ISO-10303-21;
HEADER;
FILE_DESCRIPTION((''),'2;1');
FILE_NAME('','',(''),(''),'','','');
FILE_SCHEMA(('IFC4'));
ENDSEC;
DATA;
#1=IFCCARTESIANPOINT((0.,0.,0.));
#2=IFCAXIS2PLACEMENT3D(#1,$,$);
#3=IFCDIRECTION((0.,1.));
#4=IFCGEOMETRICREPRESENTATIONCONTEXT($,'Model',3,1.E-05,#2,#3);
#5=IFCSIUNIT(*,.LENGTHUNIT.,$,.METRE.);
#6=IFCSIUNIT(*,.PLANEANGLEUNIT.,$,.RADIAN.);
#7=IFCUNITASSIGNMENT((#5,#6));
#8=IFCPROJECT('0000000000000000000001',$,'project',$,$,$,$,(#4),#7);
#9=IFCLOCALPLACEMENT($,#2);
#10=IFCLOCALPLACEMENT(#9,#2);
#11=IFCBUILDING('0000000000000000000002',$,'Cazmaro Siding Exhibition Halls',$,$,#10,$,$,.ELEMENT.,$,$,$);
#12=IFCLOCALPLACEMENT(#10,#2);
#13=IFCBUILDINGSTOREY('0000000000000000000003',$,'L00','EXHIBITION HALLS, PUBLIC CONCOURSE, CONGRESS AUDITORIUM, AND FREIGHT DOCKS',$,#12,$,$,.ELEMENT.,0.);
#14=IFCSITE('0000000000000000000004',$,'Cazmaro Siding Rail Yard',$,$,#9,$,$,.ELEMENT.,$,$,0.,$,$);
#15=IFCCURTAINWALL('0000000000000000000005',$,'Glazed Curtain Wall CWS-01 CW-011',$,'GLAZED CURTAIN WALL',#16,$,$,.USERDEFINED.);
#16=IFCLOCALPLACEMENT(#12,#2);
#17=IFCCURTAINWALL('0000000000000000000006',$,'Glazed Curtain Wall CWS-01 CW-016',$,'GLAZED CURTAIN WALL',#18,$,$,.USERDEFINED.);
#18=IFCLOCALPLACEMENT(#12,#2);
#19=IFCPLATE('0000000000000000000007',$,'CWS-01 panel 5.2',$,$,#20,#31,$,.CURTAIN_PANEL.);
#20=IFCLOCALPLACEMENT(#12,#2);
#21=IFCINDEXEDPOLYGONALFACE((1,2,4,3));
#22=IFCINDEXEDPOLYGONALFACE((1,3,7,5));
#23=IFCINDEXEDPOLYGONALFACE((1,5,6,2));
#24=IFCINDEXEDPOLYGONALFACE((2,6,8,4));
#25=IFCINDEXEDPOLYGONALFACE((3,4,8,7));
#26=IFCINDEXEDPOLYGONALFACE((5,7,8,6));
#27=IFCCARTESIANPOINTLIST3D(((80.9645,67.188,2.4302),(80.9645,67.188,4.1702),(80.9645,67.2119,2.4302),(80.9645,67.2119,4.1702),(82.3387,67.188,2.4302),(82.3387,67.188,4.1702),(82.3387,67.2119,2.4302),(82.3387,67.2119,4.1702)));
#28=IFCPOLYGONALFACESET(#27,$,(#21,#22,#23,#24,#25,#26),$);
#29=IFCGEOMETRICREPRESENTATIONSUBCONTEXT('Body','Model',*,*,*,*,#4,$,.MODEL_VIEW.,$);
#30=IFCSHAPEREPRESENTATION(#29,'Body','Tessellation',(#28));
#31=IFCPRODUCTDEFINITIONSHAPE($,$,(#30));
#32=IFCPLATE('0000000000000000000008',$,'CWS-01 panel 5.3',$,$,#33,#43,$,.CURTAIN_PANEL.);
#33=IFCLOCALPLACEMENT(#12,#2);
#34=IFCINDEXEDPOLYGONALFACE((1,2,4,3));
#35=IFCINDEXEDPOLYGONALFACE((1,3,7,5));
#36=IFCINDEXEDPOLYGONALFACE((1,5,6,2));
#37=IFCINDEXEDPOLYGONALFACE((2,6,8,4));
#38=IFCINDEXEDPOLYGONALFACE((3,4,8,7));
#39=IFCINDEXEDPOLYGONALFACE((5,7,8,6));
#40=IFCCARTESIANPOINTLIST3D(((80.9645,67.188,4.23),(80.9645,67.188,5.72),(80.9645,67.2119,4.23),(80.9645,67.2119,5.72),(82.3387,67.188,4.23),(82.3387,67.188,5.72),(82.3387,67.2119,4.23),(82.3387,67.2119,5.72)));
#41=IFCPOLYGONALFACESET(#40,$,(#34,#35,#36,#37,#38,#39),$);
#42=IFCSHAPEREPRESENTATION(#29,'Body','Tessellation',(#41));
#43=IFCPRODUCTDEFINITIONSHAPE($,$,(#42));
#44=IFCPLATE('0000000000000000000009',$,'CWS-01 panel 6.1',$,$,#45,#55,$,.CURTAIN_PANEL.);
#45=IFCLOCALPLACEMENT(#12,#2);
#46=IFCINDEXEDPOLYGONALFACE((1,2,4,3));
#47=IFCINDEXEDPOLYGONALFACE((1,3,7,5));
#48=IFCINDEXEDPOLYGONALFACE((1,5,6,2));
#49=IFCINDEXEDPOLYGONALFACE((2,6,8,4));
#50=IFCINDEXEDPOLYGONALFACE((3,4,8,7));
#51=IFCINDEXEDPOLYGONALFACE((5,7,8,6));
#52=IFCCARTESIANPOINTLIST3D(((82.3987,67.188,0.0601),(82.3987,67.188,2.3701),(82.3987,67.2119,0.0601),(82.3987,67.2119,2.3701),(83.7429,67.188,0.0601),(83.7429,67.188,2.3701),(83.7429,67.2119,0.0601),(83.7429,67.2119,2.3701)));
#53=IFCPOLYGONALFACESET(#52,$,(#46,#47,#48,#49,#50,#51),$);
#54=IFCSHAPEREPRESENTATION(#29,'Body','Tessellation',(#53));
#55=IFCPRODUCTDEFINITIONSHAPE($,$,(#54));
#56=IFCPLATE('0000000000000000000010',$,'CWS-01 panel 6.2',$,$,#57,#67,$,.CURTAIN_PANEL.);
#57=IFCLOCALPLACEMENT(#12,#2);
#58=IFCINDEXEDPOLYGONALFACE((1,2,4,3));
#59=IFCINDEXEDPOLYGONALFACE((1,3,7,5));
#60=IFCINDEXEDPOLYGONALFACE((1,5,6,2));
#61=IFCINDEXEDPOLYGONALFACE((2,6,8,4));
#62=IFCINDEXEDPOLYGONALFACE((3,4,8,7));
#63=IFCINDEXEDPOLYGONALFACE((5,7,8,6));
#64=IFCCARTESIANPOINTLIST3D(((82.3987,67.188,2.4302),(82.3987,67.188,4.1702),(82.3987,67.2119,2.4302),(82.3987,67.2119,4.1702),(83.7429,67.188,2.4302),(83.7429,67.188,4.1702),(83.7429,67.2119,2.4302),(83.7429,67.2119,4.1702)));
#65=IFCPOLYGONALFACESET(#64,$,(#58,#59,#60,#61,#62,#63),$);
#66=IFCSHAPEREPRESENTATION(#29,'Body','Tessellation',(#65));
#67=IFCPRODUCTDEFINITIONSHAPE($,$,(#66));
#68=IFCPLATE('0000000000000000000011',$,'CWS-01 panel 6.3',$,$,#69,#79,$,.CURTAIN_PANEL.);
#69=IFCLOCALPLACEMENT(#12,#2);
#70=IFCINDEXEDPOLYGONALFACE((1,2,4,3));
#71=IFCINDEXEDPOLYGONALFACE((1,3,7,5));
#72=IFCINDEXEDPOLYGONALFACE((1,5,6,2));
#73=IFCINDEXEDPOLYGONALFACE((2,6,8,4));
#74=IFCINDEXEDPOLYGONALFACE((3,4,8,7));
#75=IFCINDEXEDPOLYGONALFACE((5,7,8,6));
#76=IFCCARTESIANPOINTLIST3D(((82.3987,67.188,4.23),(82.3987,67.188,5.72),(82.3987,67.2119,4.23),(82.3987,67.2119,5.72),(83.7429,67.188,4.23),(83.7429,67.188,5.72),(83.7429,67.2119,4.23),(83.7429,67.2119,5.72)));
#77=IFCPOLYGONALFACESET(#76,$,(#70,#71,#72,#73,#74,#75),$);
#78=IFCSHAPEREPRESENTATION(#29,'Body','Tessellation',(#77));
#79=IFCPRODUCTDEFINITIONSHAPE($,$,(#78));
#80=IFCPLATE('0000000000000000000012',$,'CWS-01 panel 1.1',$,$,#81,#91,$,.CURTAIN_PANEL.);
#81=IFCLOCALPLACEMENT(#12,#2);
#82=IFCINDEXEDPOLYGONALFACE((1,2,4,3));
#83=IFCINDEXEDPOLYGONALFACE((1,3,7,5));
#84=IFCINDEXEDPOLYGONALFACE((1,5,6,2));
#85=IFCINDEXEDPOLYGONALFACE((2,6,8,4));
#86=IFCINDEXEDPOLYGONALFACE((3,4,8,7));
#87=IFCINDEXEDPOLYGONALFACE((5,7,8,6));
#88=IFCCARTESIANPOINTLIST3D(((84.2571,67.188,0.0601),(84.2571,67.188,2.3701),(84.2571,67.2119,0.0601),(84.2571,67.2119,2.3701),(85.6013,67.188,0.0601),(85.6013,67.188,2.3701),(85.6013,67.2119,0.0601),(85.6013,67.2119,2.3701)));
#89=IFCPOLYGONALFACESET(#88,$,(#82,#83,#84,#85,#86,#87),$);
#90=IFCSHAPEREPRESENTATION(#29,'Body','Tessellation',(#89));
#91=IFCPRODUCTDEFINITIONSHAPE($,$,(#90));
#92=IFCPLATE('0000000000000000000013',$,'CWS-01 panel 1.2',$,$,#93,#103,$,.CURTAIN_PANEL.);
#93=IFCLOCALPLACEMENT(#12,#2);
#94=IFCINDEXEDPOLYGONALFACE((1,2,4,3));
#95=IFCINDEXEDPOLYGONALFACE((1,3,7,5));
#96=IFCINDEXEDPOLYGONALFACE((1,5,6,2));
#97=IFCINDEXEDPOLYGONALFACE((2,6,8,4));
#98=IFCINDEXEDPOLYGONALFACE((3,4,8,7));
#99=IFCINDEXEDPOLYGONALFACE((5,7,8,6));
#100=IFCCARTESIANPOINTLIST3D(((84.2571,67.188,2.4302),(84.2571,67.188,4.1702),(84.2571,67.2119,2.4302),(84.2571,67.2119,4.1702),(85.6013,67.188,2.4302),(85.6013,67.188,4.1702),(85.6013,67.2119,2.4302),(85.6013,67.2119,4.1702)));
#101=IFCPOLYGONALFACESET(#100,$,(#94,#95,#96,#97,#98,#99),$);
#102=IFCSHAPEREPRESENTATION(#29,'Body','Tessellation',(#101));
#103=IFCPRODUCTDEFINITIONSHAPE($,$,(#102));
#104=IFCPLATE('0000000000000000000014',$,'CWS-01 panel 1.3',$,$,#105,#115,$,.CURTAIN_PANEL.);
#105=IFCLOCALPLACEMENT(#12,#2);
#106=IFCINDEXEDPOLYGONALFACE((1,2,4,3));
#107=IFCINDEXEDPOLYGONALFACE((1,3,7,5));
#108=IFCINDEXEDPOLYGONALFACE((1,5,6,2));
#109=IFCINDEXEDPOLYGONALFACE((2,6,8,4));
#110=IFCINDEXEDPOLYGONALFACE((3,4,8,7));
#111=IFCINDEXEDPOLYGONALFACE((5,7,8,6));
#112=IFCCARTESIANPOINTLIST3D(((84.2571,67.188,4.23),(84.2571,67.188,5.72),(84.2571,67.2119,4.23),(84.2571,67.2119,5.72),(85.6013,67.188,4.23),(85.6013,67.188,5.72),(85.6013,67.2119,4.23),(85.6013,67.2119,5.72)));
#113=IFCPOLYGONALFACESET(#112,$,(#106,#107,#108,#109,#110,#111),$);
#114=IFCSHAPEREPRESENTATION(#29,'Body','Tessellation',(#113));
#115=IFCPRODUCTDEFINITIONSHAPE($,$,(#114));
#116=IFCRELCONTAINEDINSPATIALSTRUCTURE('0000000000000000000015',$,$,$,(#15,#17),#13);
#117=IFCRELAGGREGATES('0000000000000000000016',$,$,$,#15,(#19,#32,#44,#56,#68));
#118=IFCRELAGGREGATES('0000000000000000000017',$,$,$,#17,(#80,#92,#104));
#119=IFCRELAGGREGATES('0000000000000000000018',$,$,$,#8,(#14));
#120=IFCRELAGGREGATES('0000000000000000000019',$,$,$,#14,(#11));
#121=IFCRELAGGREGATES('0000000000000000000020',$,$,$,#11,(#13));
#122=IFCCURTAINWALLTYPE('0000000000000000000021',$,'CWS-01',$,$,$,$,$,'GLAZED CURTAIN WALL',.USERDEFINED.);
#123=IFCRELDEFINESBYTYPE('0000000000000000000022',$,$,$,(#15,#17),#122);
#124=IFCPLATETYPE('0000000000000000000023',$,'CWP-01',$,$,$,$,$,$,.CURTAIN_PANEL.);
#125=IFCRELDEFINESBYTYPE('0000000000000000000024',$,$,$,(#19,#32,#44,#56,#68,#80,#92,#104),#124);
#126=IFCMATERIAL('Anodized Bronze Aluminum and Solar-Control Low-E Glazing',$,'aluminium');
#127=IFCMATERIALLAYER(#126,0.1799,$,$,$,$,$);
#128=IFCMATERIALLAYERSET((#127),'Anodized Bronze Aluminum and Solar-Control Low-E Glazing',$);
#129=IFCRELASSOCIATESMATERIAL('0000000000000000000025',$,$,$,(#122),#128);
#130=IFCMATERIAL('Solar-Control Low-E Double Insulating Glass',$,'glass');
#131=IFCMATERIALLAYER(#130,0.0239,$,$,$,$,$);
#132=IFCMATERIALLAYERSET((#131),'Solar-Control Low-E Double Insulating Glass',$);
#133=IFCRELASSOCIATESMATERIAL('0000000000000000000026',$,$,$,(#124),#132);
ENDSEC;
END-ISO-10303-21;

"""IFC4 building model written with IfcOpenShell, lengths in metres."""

from ifc_helpers import new_model, si_unit, direction, frame, origin, origin_2d, place, context, subcontext, project, spatial, rectangle, extrude, material, layer, layer_set, type_object, element, aggregate, save


model = new_model("IFC4")

# Units and contexts
model_context = context("Model", 3, precision=1e-05, world=origin(), true_north=direction((0.0, 1.0)))
body_context = subcontext(model_context, "Body", "Model", "MODEL_VIEW")
ifc_project = project(units=[si_unit("LENGTHUNIT", "METRE"), si_unit("PLANEANGLEUNIT", "RADIAN")], contexts=[model_context])

# Site, building, storey
site_placement = place(None, origin())
site = spatial("IfcSite", under=ifc_project, at=site_placement, Name="Cazmaro Siding Rail Yard", CompositionType="ELEMENT", RefElevation=0.0)
building_placement = place(site_placement, origin())
building = spatial("IfcBuilding", under=site, at=building_placement, Name="Cazmaro Siding Exhibition Halls", CompositionType="ELEMENT")
storey_placement = place(building_placement, origin())
storey = spatial("IfcBuildingStorey", under=building, at=storey_placement, Name="L00", Description="EXHIBITION HALLS, PUBLIC CONCOURSE, CONGRESS AUDITORIUM, AND FREIGHT DOCKS", CompositionType="ELEMENT", Elevation=0.0)

# Curtain walls
ifc_material_1 = material(Name="Anodized Bronze Aluminum and Solar-Control Low-E Glazing", Category="aluminium")
ifc_layer_1 = layer(ifc_material_1, 0.1799)
ifc_layer_set_1 = layer_set([ifc_layer_1], Name="Anodized Bronze Aluminum and Solar-Control Low-E Glazing")
curtain_wall_type = type_object("IfcCurtainWallType", Name="CWS-01", ElementType="GLAZED CURTAIN WALL", PredefinedType="USERDEFINED", material=ifc_layer_set_1)
curtain_wall_1_placement = place(storey_placement, origin())
curtain_wall_1 = element("IfcCurtainWall", 1, at=curtain_wall_1_placement, inside=storey, type_object=curtain_wall_type, Name="Glazed Curtain Wall CWS-01 CW-011", ObjectType="GLAZED CURTAIN WALL", PredefinedType="USERDEFINED")
curtain_wall_2_placement = place(storey_placement, origin())
curtain_wall_2 = element("IfcCurtainWall", 2, at=curtain_wall_2_placement, inside=storey, type_object=curtain_wall_type, Name="Glazed Curtain Wall CWS-01 CW-016", ObjectType="GLAZED CURTAIN WALL", PredefinedType="USERDEFINED")

# Plates
ifc_material_2 = material(Name="Solar-Control Low-E Double Insulating Glass", Category="glass")
ifc_layer_2 = layer(ifc_material_2, 0.0239)
ifc_layer_set_2 = layer_set([ifc_layer_2], Name="Solar-Control Low-E Double Insulating Glass")
plate_type = type_object("IfcPlateType", Name="CWP-01", PredefinedType="CURTAIN_PANEL", material=ifc_layer_set_2)
plate_1_placement = place(storey_placement, frame((81.6516, 67.2, 2.4302), z_axis=(0.0, 0.0, 1.0), x_axis=(1.0, 0.0, 0.0)))
plate_1 = element("IfcPlate", 3, at=plate_1_placement, type_object=plate_type, Name="CWS-01 panel 5.2", PredefinedType="CURTAIN_PANEL", context=body_context, shape_type="SweptSolid", body=[
    extrude(rectangle(XDim=1.3743, YDim=0.0239, at=origin_2d()), origin(), (0.0, 0.0, 1.0), 1.74),
])
plate_2_placement = place(storey_placement, frame((81.6516, 67.2, 4.23), z_axis=(0.0, 0.0, 1.0), x_axis=(1.0, 0.0, 0.0)))
plate_2 = element("IfcPlate", 4, at=plate_2_placement, type_object=plate_type, Name="CWS-01 panel 5.3", PredefinedType="CURTAIN_PANEL", context=body_context, shape_type="SweptSolid", body=[
    extrude(rectangle(XDim=1.3743, YDim=0.0239, at=origin_2d()), origin(), (0.0, 0.0, 1.0), 1.49),
])
plate_3_placement = place(storey_placement, frame((83.0708, 67.2, 0.0601), z_axis=(0.0, 0.0, 1.0), x_axis=(1.0, 0.0, 0.0)))
plate_3 = element("IfcPlate", 5, at=plate_3_placement, type_object=plate_type, Name="CWS-01 panel 6.1", PredefinedType="CURTAIN_PANEL", context=body_context, shape_type="SweptSolid", body=[
    extrude(rectangle(XDim=1.3442, YDim=0.0239, at=origin_2d()), origin(), (0.0, 0.0, 1.0), 2.3101),
])
plate_4_placement = place(storey_placement, frame((83.0708, 67.2, 2.4302), z_axis=(0.0, 0.0, 1.0), x_axis=(1.0, 0.0, 0.0)))
plate_4 = element("IfcPlate", 6, at=plate_4_placement, type_object=plate_type, Name="CWS-01 panel 6.2", PredefinedType="CURTAIN_PANEL", context=body_context, shape_type="SweptSolid", body=[
    extrude(rectangle(XDim=1.3442, YDim=0.0239, at=origin_2d()), origin(), (0.0, 0.0, 1.0), 1.74),
])
plate_5_placement = place(storey_placement, frame((83.0708, 67.2, 4.23), z_axis=(0.0, 0.0, 1.0), x_axis=(1.0, 0.0, 0.0)))
plate_5 = element("IfcPlate", 7, at=plate_5_placement, type_object=plate_type, Name="CWS-01 panel 6.3", PredefinedType="CURTAIN_PANEL", context=body_context, shape_type="SweptSolid", body=[
    extrude(rectangle(XDim=1.3442, YDim=0.0239, at=origin_2d()), origin(), (0.0, 0.0, 1.0), 1.49),
])
aggregate(curtain_wall_1, [plate_1, plate_2, plate_3, plate_4, plate_5])
plate_6_placement = place(storey_placement, frame((84.9292, 67.2, 0.0601), z_axis=(0.0, 0.0, 1.0), x_axis=(1.0, 0.0, 0.0)))
plate_6 = element("IfcPlate", 8, at=plate_6_placement, type_object=plate_type, Name="CWS-01 panel 1.1", PredefinedType="CURTAIN_PANEL", context=body_context, shape_type="SweptSolid", body=[
    extrude(rectangle(XDim=1.3442, YDim=0.0239, at=origin_2d()), origin(), (0.0, 0.0, 1.0), 2.3101),
])
plate_7_placement = place(storey_placement, frame((84.9292, 67.2, 2.4302), z_axis=(0.0, 0.0, 1.0), x_axis=(1.0, 0.0, 0.0)))
plate_7 = element("IfcPlate", 9, at=plate_7_placement, type_object=plate_type, Name="CWS-01 panel 1.2", PredefinedType="CURTAIN_PANEL", context=body_context, shape_type="SweptSolid", body=[
    extrude(rectangle(XDim=1.3442, YDim=0.0239, at=origin_2d()), origin(), (0.0, 0.0, 1.0), 1.74),
])
plate_8_placement = place(storey_placement, frame((84.9292, 67.2, 4.23), z_axis=(0.0, 0.0, 1.0), x_axis=(1.0, 0.0, 0.0)))
plate_8 = element("IfcPlate", 10, at=plate_8_placement, type_object=plate_type, Name="CWS-01 panel 1.3", PredefinedType="CURTAIN_PANEL", context=body_context, shape_type="SweptSolid", body=[
    extrude(rectangle(XDim=1.3442, YDim=0.0239, at=origin_2d()), origin(), (0.0, 0.0, 1.0), 1.49),
])
aggregate(curtain_wall_2, [plate_6, plate_7, plate_8])

save(model, "model.ifc")
